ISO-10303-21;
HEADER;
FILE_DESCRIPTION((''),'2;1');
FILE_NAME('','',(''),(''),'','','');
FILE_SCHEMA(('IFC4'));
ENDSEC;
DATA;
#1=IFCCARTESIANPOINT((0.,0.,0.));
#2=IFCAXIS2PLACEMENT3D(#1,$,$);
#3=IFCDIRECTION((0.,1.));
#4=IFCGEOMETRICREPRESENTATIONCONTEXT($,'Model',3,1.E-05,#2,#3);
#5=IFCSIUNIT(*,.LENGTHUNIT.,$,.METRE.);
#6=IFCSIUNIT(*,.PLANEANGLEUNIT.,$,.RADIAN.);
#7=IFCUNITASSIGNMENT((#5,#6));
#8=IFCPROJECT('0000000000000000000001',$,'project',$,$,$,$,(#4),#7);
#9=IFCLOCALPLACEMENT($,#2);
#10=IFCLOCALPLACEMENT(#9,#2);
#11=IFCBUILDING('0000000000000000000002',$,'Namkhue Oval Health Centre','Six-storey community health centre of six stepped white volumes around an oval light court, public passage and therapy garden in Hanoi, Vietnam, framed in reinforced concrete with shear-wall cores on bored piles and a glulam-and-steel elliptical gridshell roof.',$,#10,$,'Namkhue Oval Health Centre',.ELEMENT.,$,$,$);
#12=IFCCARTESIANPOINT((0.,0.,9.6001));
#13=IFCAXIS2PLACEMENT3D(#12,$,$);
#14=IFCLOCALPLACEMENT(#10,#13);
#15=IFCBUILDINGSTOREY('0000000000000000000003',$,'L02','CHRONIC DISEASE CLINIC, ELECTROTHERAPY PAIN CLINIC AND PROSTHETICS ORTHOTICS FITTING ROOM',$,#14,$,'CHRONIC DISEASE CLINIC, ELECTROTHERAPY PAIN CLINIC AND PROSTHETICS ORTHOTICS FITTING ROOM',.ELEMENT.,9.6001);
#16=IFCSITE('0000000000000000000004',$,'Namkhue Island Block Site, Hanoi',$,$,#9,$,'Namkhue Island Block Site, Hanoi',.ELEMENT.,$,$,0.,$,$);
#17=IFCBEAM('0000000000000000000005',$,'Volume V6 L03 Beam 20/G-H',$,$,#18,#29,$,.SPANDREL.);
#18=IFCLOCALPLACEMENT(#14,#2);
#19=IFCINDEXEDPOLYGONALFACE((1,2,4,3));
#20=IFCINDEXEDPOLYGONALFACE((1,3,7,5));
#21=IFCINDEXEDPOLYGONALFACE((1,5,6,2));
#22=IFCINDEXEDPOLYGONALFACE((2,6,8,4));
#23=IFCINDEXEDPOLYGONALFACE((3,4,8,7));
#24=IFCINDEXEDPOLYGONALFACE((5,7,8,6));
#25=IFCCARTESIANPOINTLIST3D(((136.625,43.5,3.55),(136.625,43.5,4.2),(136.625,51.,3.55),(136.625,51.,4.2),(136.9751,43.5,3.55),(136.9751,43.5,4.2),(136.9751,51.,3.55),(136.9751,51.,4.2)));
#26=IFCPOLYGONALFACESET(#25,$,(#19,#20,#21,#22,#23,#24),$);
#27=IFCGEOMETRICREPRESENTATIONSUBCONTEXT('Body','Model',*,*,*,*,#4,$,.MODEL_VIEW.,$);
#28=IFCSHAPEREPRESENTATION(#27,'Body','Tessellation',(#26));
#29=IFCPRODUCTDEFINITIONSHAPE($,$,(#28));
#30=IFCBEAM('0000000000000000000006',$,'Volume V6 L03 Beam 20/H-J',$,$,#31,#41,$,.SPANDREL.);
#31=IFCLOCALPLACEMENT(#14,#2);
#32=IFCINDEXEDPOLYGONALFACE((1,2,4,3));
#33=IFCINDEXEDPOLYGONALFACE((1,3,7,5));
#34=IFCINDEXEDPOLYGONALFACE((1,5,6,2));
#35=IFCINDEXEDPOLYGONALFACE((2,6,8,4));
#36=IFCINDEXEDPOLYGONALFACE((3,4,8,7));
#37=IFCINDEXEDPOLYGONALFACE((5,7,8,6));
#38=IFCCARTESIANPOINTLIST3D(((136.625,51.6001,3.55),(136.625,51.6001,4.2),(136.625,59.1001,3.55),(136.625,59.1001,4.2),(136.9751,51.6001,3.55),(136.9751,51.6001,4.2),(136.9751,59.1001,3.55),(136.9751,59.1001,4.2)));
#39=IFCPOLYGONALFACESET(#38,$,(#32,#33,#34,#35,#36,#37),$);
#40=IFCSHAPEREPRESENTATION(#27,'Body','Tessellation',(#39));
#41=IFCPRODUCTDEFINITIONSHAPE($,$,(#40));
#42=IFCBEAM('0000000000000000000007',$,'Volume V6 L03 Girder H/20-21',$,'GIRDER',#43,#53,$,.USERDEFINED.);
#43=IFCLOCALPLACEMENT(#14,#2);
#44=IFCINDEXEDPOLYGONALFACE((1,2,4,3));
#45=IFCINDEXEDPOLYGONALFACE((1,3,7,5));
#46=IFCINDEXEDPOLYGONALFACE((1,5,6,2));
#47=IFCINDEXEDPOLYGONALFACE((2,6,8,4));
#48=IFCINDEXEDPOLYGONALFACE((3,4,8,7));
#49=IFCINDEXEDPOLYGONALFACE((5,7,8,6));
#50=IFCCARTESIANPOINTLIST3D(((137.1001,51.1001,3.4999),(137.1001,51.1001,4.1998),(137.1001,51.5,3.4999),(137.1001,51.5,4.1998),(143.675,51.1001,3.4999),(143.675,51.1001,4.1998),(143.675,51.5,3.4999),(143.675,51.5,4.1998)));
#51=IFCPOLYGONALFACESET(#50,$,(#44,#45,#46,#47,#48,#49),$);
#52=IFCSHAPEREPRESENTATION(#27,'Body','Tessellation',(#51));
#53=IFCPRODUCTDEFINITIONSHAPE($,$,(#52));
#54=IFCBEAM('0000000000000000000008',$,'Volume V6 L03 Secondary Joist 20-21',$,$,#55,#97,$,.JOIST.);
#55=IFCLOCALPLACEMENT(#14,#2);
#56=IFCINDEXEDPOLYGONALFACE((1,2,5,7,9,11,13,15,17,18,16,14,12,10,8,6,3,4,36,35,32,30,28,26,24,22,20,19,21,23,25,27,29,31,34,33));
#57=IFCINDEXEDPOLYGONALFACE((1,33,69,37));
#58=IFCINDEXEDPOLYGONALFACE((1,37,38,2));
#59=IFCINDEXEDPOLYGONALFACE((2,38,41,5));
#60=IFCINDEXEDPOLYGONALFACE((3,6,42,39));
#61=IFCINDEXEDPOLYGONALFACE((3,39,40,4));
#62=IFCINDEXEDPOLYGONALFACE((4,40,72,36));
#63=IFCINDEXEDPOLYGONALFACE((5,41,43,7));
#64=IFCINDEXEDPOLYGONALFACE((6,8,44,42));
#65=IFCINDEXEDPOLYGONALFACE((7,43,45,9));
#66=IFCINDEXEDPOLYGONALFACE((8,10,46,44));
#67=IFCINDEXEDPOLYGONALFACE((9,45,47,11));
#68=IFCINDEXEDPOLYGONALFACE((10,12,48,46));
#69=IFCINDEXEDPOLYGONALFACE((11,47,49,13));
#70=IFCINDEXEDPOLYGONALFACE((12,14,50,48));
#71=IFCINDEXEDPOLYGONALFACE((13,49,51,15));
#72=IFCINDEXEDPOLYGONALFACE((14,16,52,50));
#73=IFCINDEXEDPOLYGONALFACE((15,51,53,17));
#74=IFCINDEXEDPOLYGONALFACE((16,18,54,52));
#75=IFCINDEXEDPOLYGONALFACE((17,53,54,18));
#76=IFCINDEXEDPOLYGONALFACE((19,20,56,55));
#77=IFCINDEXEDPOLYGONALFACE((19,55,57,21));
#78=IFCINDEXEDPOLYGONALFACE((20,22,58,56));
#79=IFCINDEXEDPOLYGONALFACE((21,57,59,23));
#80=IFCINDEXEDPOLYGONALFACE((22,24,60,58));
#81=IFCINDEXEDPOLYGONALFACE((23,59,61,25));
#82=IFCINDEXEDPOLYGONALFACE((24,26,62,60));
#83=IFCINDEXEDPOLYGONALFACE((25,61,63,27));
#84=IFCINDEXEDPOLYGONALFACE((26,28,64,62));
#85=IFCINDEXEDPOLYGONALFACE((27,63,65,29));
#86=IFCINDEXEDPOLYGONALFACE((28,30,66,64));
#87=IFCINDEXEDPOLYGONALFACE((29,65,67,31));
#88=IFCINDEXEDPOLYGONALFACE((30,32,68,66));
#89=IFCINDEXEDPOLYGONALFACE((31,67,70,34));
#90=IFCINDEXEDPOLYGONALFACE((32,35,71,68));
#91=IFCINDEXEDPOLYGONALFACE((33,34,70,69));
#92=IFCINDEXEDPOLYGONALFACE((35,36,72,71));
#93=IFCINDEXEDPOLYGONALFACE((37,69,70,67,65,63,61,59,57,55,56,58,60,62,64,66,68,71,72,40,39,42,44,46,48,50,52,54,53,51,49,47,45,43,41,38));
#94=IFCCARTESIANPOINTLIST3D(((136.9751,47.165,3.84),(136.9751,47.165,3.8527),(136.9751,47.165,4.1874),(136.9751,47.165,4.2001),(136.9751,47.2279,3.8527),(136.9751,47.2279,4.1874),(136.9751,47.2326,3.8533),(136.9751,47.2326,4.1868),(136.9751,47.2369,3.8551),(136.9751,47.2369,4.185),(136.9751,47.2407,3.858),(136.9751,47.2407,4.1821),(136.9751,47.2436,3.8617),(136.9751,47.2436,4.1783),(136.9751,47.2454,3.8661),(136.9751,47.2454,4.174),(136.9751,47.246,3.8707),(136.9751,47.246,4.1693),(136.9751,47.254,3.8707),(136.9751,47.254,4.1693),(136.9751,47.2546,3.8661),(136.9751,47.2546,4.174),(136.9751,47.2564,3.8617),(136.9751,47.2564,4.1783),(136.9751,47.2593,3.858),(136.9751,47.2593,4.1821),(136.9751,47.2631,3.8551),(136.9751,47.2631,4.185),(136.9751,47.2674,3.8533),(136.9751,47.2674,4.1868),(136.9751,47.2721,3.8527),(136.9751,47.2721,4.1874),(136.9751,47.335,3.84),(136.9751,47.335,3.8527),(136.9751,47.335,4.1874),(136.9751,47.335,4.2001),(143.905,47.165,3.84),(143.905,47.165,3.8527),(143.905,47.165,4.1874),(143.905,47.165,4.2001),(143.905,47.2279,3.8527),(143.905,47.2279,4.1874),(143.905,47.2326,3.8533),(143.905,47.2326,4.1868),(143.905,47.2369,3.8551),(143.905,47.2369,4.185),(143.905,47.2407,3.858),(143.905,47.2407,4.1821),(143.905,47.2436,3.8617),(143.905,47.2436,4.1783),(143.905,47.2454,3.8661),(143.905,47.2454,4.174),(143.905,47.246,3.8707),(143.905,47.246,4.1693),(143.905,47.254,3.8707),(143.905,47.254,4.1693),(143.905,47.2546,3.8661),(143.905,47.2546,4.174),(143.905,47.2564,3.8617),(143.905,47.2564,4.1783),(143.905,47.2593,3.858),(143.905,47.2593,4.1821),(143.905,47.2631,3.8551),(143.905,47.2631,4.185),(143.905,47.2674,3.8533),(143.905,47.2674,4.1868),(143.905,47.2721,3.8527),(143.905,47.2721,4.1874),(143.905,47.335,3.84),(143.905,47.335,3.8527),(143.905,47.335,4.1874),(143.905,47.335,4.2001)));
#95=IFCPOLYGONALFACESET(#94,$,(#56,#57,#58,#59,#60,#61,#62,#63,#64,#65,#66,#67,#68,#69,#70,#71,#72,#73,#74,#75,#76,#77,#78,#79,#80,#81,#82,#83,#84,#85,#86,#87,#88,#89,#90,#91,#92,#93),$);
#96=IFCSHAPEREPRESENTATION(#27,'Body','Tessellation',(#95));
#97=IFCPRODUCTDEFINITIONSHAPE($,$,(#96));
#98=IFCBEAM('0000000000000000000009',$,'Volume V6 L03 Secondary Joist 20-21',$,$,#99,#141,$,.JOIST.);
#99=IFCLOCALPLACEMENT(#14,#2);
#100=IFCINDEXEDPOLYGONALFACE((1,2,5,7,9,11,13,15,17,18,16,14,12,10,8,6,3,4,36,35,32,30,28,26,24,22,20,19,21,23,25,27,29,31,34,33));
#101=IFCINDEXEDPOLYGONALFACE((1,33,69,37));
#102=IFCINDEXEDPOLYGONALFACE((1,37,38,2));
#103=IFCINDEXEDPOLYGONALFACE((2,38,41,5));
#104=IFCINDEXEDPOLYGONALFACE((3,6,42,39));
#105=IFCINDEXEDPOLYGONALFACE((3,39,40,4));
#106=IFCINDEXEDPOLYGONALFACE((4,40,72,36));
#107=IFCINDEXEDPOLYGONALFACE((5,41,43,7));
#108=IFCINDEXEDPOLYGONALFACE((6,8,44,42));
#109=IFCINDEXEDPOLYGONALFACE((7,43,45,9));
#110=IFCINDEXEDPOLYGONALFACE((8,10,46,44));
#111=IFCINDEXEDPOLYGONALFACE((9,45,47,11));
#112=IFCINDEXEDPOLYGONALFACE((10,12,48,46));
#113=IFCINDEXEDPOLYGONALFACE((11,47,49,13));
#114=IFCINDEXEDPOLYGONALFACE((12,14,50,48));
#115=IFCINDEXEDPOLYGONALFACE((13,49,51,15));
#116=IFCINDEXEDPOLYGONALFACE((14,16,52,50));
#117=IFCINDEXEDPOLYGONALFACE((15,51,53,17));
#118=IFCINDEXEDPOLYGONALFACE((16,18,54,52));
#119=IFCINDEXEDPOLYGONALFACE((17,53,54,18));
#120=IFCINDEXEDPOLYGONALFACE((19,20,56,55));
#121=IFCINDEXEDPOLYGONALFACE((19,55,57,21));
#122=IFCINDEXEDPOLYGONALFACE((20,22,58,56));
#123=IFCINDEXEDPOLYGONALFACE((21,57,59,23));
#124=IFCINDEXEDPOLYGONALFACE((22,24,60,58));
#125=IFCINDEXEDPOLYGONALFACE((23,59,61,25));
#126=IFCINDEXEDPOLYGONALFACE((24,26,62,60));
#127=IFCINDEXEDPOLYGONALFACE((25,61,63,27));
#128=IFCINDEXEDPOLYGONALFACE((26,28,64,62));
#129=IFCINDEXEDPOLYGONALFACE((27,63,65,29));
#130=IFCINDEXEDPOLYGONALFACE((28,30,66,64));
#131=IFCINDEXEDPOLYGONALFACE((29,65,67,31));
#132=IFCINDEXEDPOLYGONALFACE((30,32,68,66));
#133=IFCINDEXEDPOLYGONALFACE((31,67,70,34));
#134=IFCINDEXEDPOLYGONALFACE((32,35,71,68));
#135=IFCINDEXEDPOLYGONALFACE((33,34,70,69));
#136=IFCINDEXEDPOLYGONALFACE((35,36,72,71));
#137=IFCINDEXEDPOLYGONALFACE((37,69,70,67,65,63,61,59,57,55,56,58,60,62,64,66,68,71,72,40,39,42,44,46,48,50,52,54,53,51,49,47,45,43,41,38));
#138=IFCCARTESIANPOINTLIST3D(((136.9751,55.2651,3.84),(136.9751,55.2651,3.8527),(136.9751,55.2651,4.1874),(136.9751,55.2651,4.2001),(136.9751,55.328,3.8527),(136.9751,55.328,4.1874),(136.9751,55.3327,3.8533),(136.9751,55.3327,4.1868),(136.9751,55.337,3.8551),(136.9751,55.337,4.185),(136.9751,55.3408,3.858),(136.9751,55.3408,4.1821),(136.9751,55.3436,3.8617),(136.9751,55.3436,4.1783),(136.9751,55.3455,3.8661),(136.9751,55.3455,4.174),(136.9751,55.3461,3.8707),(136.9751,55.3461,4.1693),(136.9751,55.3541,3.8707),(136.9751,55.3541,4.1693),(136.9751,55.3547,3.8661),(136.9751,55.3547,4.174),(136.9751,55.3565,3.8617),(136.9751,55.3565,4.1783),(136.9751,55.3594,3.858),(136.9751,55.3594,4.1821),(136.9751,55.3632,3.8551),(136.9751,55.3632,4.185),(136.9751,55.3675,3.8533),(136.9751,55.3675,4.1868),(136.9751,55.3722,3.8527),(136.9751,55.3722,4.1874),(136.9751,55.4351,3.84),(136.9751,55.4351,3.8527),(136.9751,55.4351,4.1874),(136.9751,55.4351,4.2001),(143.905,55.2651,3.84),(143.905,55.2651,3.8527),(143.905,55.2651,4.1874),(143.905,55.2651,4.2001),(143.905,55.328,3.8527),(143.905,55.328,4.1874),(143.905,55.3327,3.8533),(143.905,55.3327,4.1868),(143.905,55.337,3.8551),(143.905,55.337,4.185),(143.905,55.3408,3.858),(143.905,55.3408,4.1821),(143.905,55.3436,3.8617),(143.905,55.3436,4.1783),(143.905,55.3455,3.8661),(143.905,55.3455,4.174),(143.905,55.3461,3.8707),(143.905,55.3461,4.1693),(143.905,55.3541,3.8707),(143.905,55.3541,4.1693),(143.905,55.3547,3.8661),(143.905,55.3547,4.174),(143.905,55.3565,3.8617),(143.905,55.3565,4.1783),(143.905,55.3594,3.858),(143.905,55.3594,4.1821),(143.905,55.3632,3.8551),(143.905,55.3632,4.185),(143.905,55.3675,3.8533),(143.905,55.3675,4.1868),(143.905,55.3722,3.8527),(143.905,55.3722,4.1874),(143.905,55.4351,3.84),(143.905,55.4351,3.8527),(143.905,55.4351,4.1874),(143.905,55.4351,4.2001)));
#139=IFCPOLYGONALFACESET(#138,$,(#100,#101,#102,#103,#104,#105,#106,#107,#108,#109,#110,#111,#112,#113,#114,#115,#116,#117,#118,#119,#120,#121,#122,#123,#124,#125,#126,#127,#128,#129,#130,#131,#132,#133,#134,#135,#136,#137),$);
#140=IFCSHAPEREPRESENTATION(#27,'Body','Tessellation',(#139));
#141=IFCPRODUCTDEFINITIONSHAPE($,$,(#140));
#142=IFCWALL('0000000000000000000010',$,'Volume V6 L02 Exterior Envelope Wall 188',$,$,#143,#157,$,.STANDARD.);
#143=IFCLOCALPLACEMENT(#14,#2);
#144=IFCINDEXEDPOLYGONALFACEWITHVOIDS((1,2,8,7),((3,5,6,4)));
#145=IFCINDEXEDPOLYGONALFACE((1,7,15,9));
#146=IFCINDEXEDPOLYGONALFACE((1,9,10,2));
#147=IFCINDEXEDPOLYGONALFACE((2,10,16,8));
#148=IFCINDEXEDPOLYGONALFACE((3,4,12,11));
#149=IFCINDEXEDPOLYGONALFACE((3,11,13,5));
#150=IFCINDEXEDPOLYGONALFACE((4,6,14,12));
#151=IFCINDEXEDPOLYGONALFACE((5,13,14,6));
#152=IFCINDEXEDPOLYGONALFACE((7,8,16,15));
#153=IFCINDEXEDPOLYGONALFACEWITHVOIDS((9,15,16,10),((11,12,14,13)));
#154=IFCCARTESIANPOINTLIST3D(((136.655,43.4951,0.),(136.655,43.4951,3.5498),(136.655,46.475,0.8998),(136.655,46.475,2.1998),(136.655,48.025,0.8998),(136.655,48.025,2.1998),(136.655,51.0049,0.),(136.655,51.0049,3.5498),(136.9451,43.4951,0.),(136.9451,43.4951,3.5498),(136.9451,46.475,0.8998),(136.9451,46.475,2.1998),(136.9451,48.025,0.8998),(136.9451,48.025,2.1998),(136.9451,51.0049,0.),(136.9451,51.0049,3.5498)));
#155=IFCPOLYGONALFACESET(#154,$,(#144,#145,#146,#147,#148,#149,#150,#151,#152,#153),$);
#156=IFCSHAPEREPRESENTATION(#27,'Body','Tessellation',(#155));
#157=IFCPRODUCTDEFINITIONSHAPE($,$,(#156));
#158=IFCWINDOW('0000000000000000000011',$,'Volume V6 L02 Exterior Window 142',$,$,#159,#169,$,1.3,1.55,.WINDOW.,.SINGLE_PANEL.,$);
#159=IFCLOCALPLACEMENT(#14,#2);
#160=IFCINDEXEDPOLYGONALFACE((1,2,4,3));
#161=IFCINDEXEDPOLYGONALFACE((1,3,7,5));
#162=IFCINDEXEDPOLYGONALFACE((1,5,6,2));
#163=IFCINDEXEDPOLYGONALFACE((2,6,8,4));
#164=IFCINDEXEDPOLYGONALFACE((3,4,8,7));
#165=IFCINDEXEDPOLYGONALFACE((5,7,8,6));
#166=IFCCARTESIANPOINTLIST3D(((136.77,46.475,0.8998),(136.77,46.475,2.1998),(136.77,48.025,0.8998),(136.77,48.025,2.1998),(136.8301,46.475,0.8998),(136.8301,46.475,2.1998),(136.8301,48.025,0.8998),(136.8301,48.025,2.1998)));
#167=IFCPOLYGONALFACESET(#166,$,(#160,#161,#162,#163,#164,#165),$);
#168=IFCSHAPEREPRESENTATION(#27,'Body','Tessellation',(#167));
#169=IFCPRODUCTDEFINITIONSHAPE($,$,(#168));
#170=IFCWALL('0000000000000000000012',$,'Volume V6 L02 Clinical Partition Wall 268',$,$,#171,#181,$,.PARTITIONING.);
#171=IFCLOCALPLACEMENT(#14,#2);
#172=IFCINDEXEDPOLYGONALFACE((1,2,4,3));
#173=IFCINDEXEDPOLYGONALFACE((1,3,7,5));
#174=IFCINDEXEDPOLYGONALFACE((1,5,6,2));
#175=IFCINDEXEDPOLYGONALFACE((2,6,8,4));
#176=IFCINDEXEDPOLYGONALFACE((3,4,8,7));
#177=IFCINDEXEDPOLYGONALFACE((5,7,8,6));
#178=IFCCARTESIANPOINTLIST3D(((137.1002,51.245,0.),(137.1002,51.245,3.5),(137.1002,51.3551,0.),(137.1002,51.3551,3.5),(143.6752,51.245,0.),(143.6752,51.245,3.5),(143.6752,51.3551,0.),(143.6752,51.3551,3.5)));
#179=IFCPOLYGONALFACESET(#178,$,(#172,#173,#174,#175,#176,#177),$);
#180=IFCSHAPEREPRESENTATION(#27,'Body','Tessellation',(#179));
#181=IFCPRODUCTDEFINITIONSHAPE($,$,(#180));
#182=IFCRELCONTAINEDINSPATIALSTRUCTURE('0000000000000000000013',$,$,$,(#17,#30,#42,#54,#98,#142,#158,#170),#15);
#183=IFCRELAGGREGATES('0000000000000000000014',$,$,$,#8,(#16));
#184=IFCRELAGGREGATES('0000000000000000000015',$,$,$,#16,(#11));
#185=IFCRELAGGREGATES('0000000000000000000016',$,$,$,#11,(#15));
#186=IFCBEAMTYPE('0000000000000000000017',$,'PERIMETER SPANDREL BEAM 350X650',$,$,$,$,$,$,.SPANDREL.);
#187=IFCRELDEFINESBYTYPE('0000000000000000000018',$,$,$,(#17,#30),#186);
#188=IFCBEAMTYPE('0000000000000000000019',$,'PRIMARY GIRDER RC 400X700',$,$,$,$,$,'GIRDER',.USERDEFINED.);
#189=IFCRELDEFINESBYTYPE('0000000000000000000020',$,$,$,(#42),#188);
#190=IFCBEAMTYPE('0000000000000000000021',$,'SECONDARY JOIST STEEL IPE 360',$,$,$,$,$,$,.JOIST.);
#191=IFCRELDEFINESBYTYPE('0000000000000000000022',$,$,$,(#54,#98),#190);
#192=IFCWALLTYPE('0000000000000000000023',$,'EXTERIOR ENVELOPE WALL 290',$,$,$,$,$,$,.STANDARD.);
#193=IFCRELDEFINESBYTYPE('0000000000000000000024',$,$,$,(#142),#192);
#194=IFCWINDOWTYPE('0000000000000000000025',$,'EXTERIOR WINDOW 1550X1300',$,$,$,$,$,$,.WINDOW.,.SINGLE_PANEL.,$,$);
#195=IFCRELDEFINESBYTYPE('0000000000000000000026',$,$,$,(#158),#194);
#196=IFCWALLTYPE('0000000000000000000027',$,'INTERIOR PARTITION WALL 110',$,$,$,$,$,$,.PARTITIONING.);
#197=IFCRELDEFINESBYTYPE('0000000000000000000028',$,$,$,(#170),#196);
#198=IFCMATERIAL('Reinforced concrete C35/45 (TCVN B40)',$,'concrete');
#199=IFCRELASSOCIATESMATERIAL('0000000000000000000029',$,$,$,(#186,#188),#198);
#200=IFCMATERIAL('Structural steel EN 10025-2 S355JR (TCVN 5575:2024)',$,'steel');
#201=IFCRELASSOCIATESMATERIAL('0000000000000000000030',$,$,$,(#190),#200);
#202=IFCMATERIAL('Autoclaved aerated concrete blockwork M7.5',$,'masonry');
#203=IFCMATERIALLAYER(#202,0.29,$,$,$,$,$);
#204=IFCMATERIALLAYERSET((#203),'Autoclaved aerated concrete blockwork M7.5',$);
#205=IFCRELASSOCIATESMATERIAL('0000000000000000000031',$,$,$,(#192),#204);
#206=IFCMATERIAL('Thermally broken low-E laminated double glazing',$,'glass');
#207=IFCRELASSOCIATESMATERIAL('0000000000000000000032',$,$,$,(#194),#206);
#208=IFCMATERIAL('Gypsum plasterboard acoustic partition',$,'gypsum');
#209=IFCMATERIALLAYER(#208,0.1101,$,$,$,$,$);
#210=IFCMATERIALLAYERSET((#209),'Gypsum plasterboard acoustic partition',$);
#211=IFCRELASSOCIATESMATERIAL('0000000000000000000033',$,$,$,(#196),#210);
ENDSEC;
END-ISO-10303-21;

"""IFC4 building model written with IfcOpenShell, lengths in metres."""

from ifc_helpers import new_model, si_unit, direction, frame, frame_2d, origin, origin_2d, place, context, subcontext, project, spatial, rectangle, i_section, extrude, material, layer, layer_set, material_profile, profile_set, type_object, element, fill, save


model = new_model("IFC4")

# Units and contexts
model_context = context("Model", 3, precision=1e-05, world=origin(), true_north=direction((0.0, 1.0)))
body_context = subcontext(model_context, "Body", "Model", "MODEL_VIEW")
ifc_project = project(units=[si_unit("LENGTHUNIT", "METRE"), si_unit("PLANEANGLEUNIT", "RADIAN")], contexts=[model_context])

# Site, building, storey
site_placement = place(None, origin())
site = spatial("IfcSite", under=ifc_project, at=site_placement, Name="Namkhue Island Block Site, Hanoi", LongName="Namkhue Island Block Site, Hanoi", CompositionType="ELEMENT", RefElevation=0.0)
building_placement = place(site_placement, origin())
building = spatial("IfcBuilding", under=site, at=building_placement, Name="Namkhue Oval Health Centre", Description="Six-storey community health centre of six stepped white volumes around an oval light court, public passage and therapy garden in Hanoi, Vietnam, framed in reinforced concrete with shear-wall cores on bored piles and a glulam-and-steel elliptical gridshell roof.", LongName="Namkhue Oval Health Centre", CompositionType="ELEMENT")
storey_placement = place(building_placement, frame((0.0, 0.0, 9.6001)))
storey = spatial("IfcBuildingStorey", under=building, at=storey_placement, Name="L02", Description="CHRONIC DISEASE CLINIC, ELECTROTHERAPY PAIN CLINIC AND PROSTHETICS ORTHOTICS FITTING ROOM", LongName="CHRONIC DISEASE CLINIC, ELECTROTHERAPY PAIN CLINIC AND PROSTHETICS ORTHOTICS FITTING ROOM", CompositionType="ELEMENT", Elevation=9.6001)

# Shared definitions
ifc_material_1 = material(Name="Reinforced concrete C35/45 (TCVN B40)", Category="concrete")

# Beams
ifc_material_profile_1 = material_profile(ifc_material_1, rectangle(XDim=0.3501, YDim=0.6499, at=origin_2d()), Name="RC 350x650")
ifc_profile_set_1 = profile_set([ifc_material_profile_1], Name="Reinforced concrete C35/45 (TCVN B40)")
beam_type_1 = type_object("IfcBeamType", Name="PERIMETER SPANDREL BEAM 350X650", PredefinedType="SPANDREL", material=ifc_profile_set_1)
for number, where, z_axis, x_axis, name in (
    (1, (136.8, 43.5, 3.875), (0.0, 1.0, 0.0), (-1.0, 0.0, 0.0), "Volume V6 L03 Beam 20/G-H"),
    (2, (136.8, 51.6001, 3.875), (0.0, 1.0, 0.0), (-1.0, 0.0, 0.0), "Volume V6 L03 Beam 20/H-J"),
):
    element("IfcBeam", number, at=place(storey_placement, frame(where, z_axis=z_axis, x_axis=x_axis)), inside=storey, type_object=beam_type_1, Name=name, PredefinedType="SPANDREL", context=body_context, shape_type="SweptSolid", body=[
        extrude(rectangle(XDim=0.3501, YDim=0.6499, at=origin_2d()), origin(), (0.0, 0.0, 1.0), 7.5),
    ])
ifc_material_profile_2 = material_profile(ifc_material_1, rectangle(XDim=0.3999, YDim=0.7, at=origin_2d()), Name="RC 400x700")
ifc_profile_set_2 = profile_set([ifc_material_profile_2], Name="Reinforced concrete C35/45 (TCVN B40)")
beam_type_2 = type_object("IfcBeamType", Name="PRIMARY GIRDER RC 400X700", ElementType="GIRDER", PredefinedType="USERDEFINED", material=ifc_profile_set_2)
beam_placement = place(storey_placement, frame((137.1001, 51.3, 3.8499), z_axis=(1.0, 0.0, 0.0), x_axis=(0.0, 1.0, 0.0)))
element("IfcBeam", 3, at=beam_placement, inside=storey, type_object=beam_type_2, Name="Volume V6 L03 Girder H/20-21", ObjectType="GIRDER", PredefinedType="USERDEFINED", context=body_context, shape_type="SweptSolid", body=[
    extrude(rectangle(XDim=0.3999, YDim=0.7, at=origin_2d()), origin(), (0.0, 0.0, 1.0), 6.575),
])
ifc_material_2 = material(Name="Structural steel EN 10025-2 S355JR (TCVN 5575:2024)", Category="steel")
ifc_material_profile_3 = material_profile(ifc_material_2, i_section(OverallWidth=0.1699, OverallDepth=0.3601, WebThickness=0.0081, FlangeThickness=0.0127, FilletRadius=0.0181, at=origin_2d()), Name="IPE 360")
ifc_profile_set_3 = profile_set([ifc_material_profile_3], Name="Structural steel EN 10025-2 S355JR (TCVN 5575:2024)")
beam_type_3 = type_object("IfcBeamType", Name="SECONDARY JOIST STEEL IPE 360", PredefinedType="JOIST", material=ifc_profile_set_3)
for number, where, z_axis, x_axis, name in (
    (4, (136.9751, 47.25, 4.02), (1.0, 0.0, 0.0), (0.0, 1.0, 0.0), "Volume V6 L03 Secondary Joist 20-21"),
    (5, (136.9751, 55.3501, 4.02), (1.0, 0.0, 0.0), (0.0, 1.0, 0.0), "Volume V6 L03 Secondary Joist 20-21"),
):
    element("IfcBeam", number, at=place(storey_placement, frame(where, z_axis=z_axis, x_axis=x_axis)), inside=storey, type_object=beam_type_3, Name=name, PredefinedType="JOIST", context=body_context, shape_type="SweptSolid", body=[
        extrude(i_section(OverallWidth=0.1699, OverallDepth=0.3601, WebThickness=0.0081, FlangeThickness=0.0127, FilletRadius=0.0181, at=origin_2d()), origin(), (0.0, 0.0, 1.0), 6.9299),
    ])

# Wall, opening, window
ifc_material_3 = material(Name="Autoclaved aerated concrete blockwork M7.5", Category="masonry")
ifc_layer_1 = layer(ifc_material_3, 0.29)
ifc_layer_set_1 = layer_set([ifc_layer_1], Name="Autoclaved aerated concrete blockwork M7.5")
wall_type_1 = type_object("IfcWallType", Name="EXTERIOR ENVELOPE WALL 290", PredefinedType="STANDARD", material=ifc_layer_set_1)
wall_1_placement = place(storey_placement, frame((136.8, 51.0049, 0.0), z_axis=(0.0, 0.0, 1.0), x_axis=(0.0, -1.0, 0.0)))
wall_1 = element("IfcWall", 6, at=wall_1_placement, inside=storey, type_object=wall_type_1, Name="Volume V6 L02 Exterior Envelope Wall 188", PredefinedType="STANDARD", context=body_context, shape_type="SweptSolid", body=[
    extrude(rectangle(XDim=7.5098, YDim=0.29, at=frame_2d((3.7549, 0.0))), origin(), (0.0, 0.0, 1.0), 3.5498),
])
opening_placement = place(wall_1_placement, frame((2.98, 0.0, 0.8999)))
opening = element("IfcOpeningElement", 7, at=opening_placement, cuts=wall_1, PredefinedType="OPENING", context=body_context, shape_type="SweptSolid", body=[
    extrude(rectangle(XDim=1.55, YDim=1.3, at=frame_2d((0.7749, 0.6499))), frame((0.0, 0.155, 0.0), z_axis=(0.0, -1.0, 0.0), x_axis=(1.0, 0.0, 0.0)), (0.0, 0.0, 1.0), 0.3101),
])
ifc_material_4 = material(Name="Thermally broken low-E laminated double glazing", Category="glass")
window_type = type_object("IfcWindowType", Name="EXTERIOR WINDOW 1550X1300", PartitioningType="SINGLE_PANEL", PredefinedType="WINDOW", material=ifc_material_4)
window_placement = place(opening_placement, origin())
window = element("IfcWindow", 8, at=window_placement, inside=storey, type_object=window_type, Name="Volume V6 L02 Exterior Window 142", OverallHeight=1.3, OverallWidth=1.55, PartitioningType="SINGLE_PANEL", PredefinedType="WINDOW", context=body_context, shape_type="SweptSolid", body=[
    extrude(rectangle(XDim=1.55, YDim=1.3, at=frame_2d((0.7749, 0.6499))), frame((0.0, 0.03, 0.0), z_axis=(0.0, -1.0, 0.0), x_axis=(1.0, 0.0, 0.0)), (0.0, 0.0, 1.0), 0.0601),
])
fill(opening, window)

# Wall
ifc_material_5 = material(Name="Gypsum plasterboard acoustic partition", Category="gypsum")
ifc_layer_2 = layer(ifc_material_5, 0.1101)
ifc_layer_set_2 = layer_set([ifc_layer_2], Name="Gypsum plasterboard acoustic partition")
wall_type_2 = type_object("IfcWallType", Name="INTERIOR PARTITION WALL 110", PredefinedType="PARTITIONING", material=ifc_layer_set_2)
wall_2_placement = place(storey_placement, frame((137.1001, 51.3, 0.0), z_axis=(0.0, 0.0, 1.0), x_axis=(1.0, 0.0, 0.0)))
element("IfcWall", 9, at=wall_2_placement, inside=storey, type_object=wall_type_2, Name="Volume V6 L02 Clinical Partition Wall 268", PredefinedType="PARTITIONING", context=body_context, shape_type="SweptSolid", body=[
    extrude(rectangle(XDim=6.575, YDim=0.1101, at=frame_2d((3.2876, 0.0))), origin(), (0.0, 0.0, 1.0), 3.5),
])

save(model, "model.ifc")
